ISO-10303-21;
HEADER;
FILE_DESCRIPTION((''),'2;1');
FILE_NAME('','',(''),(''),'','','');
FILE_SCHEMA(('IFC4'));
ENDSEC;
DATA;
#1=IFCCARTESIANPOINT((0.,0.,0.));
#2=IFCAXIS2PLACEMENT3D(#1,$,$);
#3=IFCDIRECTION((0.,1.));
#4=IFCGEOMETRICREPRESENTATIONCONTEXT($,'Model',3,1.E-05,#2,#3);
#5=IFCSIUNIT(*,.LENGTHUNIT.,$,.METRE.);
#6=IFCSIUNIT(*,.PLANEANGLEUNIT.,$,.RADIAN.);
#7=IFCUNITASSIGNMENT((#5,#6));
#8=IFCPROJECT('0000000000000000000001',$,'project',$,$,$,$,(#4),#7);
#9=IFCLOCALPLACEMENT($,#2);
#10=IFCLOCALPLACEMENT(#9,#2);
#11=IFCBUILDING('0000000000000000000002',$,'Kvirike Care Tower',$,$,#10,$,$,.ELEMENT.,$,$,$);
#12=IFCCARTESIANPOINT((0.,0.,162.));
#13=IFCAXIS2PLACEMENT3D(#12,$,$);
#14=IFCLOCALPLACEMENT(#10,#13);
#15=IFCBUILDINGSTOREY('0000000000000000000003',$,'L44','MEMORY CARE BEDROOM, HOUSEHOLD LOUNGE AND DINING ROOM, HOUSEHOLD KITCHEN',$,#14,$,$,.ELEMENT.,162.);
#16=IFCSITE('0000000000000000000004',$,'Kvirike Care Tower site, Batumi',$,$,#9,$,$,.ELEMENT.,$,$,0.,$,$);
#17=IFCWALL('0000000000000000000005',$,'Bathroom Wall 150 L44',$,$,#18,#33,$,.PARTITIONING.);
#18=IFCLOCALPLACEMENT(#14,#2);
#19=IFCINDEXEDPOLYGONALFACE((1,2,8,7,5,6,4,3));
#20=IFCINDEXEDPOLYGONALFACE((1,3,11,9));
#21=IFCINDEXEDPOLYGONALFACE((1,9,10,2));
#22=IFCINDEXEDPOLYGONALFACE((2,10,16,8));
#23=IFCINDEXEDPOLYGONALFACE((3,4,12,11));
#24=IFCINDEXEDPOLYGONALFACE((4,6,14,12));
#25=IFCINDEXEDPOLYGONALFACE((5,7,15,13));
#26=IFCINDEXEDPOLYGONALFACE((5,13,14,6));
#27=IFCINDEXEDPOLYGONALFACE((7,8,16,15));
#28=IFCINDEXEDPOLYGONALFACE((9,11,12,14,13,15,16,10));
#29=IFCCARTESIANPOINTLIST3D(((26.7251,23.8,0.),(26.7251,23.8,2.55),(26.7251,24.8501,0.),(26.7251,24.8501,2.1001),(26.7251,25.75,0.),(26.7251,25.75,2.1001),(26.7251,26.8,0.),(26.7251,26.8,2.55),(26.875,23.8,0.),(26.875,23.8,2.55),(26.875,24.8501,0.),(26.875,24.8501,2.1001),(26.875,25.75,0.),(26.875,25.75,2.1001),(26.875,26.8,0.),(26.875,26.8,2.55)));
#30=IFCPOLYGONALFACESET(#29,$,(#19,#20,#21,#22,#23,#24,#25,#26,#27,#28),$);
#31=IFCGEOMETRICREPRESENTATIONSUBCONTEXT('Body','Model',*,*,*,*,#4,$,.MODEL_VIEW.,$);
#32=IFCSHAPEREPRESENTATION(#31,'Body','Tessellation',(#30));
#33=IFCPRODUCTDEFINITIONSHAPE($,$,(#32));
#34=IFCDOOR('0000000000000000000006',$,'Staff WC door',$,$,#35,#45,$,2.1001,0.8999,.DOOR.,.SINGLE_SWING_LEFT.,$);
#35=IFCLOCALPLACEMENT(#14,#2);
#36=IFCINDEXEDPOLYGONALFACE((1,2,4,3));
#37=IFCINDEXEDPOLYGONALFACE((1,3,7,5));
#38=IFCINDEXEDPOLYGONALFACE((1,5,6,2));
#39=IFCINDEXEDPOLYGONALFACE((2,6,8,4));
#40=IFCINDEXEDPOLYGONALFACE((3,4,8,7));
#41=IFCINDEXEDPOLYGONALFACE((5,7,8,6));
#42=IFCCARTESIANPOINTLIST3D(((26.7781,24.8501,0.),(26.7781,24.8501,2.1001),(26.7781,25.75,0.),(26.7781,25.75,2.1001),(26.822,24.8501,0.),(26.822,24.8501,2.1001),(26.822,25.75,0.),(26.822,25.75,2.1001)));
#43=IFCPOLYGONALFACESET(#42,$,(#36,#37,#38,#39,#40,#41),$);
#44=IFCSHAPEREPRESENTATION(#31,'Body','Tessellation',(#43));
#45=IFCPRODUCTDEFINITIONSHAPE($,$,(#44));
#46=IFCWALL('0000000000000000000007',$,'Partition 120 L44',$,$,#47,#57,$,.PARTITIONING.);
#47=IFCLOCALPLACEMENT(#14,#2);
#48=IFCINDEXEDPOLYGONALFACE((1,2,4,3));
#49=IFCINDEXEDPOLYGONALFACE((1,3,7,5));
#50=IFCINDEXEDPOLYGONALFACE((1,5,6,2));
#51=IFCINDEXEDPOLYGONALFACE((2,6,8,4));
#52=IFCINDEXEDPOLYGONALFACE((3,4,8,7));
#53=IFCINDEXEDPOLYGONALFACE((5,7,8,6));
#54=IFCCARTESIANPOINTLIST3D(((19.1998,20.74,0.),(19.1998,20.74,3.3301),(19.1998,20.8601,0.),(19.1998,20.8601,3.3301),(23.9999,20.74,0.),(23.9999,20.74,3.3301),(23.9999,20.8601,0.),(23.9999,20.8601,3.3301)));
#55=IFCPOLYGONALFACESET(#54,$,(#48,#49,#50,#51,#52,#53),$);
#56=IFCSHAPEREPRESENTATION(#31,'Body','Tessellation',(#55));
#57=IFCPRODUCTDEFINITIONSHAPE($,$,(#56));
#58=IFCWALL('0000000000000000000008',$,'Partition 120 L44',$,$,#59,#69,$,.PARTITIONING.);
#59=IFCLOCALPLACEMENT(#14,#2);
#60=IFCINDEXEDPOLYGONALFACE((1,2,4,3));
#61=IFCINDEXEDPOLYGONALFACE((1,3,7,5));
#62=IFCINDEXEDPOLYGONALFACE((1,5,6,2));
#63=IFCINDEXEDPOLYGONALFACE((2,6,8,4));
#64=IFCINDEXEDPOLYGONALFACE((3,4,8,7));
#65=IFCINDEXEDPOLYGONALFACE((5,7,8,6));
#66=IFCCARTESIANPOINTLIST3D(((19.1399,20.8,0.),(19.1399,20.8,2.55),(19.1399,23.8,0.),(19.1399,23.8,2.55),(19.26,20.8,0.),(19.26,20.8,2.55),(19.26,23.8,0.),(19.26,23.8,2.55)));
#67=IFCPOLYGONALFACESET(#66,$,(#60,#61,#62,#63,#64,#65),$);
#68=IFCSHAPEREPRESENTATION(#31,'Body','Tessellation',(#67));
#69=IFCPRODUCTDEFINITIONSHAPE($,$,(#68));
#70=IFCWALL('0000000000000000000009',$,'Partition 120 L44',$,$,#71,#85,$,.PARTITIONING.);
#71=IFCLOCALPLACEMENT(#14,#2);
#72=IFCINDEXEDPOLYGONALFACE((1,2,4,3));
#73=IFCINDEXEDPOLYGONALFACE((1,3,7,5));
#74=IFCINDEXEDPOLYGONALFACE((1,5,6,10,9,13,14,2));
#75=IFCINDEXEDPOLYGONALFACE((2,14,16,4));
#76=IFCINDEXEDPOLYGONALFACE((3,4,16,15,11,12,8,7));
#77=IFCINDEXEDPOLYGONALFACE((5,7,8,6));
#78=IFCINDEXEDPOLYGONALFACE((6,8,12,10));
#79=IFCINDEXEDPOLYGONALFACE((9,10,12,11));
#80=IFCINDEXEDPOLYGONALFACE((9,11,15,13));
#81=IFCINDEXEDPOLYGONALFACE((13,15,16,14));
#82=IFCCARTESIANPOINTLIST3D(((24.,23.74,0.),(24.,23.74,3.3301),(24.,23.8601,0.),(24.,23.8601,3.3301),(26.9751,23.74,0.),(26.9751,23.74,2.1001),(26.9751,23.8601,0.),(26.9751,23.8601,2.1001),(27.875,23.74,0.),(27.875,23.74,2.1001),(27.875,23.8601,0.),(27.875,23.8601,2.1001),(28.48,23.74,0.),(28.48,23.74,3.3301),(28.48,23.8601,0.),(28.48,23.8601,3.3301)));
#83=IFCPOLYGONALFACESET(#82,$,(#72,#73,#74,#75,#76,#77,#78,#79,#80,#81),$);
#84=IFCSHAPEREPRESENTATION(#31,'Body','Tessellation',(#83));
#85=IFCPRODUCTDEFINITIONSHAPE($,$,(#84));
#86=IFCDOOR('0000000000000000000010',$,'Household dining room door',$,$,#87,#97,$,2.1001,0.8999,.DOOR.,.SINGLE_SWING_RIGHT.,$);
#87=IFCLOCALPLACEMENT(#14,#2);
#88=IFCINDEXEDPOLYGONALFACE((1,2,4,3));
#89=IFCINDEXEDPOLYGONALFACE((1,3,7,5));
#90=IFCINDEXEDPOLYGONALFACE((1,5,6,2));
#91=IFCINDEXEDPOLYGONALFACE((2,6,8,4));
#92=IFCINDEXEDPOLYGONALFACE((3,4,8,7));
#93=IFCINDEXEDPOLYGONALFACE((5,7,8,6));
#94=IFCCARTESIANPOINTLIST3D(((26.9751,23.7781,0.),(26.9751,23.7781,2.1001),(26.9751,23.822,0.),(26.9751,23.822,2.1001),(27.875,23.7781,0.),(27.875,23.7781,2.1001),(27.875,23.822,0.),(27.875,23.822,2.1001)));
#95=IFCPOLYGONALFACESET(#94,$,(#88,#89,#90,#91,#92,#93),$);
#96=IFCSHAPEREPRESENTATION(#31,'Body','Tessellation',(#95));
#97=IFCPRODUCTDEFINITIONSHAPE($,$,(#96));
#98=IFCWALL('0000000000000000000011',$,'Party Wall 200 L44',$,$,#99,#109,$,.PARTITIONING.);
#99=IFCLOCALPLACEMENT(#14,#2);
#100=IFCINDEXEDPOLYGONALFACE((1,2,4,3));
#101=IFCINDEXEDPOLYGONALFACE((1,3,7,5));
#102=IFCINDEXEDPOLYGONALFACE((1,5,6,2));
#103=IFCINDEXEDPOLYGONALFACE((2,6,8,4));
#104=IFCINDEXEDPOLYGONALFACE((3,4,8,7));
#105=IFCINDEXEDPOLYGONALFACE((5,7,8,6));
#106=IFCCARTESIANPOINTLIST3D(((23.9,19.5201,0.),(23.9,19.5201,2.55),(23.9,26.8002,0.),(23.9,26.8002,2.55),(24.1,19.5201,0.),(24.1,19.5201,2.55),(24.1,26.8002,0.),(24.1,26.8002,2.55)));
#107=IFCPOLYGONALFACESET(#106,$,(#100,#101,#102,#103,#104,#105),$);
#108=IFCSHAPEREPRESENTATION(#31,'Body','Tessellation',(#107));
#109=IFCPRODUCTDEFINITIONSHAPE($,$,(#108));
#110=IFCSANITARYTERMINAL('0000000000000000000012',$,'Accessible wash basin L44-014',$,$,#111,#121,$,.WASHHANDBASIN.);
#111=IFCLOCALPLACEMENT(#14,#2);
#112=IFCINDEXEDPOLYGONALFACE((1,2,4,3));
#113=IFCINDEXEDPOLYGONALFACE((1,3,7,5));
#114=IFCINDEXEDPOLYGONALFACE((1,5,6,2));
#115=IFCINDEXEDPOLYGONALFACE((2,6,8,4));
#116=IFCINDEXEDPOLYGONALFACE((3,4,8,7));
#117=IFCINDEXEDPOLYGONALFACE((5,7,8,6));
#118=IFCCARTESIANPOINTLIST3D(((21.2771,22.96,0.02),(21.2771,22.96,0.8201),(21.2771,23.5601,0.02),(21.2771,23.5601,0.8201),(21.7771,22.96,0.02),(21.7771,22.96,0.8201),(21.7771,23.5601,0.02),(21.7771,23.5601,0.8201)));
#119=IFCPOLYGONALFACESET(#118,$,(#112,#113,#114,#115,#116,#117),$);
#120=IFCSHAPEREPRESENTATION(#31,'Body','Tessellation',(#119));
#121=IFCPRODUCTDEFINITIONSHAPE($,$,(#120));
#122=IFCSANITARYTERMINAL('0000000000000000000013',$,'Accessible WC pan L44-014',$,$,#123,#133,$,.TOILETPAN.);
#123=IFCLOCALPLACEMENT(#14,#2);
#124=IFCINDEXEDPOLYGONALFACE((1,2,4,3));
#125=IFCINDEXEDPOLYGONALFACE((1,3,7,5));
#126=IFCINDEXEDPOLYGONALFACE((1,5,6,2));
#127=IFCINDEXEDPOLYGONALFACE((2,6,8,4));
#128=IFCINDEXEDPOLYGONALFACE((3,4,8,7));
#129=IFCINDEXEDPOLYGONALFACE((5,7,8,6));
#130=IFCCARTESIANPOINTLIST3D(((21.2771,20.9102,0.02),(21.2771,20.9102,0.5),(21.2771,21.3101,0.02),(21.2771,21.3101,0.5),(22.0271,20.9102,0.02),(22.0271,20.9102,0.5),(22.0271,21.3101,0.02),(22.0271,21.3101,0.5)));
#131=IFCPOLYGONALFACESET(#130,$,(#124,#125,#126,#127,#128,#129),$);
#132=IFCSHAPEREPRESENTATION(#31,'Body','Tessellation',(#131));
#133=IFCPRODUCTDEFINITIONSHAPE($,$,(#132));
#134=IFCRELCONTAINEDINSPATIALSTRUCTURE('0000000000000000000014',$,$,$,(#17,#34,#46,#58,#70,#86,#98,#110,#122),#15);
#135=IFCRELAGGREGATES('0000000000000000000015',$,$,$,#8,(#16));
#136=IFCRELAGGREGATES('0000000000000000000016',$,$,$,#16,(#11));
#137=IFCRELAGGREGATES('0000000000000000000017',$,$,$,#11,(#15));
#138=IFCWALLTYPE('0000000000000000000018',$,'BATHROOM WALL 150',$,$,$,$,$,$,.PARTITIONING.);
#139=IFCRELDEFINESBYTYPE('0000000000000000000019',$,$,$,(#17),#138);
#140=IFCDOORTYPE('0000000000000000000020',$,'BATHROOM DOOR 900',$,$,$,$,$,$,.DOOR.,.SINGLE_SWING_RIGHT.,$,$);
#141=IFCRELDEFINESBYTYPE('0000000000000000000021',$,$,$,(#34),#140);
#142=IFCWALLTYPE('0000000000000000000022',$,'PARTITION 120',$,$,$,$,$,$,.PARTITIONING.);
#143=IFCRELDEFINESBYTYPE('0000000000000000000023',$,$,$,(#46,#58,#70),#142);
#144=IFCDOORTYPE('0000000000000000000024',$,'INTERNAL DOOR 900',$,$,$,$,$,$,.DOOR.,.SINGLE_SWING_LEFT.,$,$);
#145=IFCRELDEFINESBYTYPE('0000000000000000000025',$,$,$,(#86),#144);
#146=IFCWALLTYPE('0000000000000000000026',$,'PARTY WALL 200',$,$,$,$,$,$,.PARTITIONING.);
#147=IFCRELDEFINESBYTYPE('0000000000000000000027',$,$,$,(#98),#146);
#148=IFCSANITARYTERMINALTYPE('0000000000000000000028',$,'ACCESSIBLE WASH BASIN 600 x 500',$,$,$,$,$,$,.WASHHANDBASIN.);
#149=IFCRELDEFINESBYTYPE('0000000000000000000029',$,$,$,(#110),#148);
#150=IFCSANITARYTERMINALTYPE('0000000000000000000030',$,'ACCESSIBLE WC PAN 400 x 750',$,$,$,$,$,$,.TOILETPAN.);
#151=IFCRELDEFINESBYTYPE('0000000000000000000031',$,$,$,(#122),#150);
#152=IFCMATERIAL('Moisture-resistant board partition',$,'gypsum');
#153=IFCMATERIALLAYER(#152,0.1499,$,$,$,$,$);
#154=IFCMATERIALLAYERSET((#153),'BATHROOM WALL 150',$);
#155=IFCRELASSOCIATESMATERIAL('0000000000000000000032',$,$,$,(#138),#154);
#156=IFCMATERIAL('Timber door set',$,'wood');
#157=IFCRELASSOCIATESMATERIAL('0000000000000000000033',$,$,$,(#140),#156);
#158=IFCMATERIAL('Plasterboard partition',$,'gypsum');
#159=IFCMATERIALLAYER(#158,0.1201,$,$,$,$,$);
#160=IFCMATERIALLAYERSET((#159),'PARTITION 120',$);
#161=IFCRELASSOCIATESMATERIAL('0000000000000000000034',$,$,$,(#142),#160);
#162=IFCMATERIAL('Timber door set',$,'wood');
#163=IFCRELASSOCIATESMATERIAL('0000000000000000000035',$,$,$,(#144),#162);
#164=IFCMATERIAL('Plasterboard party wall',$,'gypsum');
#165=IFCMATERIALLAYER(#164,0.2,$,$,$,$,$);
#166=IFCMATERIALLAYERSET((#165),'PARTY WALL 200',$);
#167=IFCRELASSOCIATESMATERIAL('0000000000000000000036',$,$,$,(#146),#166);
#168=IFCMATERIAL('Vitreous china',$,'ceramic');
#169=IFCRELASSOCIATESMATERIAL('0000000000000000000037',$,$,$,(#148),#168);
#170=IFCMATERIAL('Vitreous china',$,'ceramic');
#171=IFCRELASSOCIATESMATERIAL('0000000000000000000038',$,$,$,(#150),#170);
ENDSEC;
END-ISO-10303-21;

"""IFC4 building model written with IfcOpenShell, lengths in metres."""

from ifc_helpers import new_model, si_unit, direction, frame, frame_2d, origin, origin_2d, place, context, subcontext, project, spatial, rectangle, extrude, material, layer, layer_set, type_object, element, fill, save


model = new_model("IFC4")

# Units and contexts
model_context = context("Model", 3, precision=1e-05, world=origin(), true_north=direction((0.0, 1.0)))
body_context = subcontext(model_context, "Body", "Model", "MODEL_VIEW")
ifc_project = project(units=[si_unit("LENGTHUNIT", "METRE"), si_unit("PLANEANGLEUNIT", "RADIAN")], contexts=[model_context])

# Site, building, storey
site_placement = place(None, origin())
site = spatial("IfcSite", under=ifc_project, at=site_placement, Name="Kvirike Care Tower site, Batumi", CompositionType="ELEMENT", RefElevation=0.0)
building_placement = place(site_placement, origin())
building = spatial("IfcBuilding", under=site, at=building_placement, Name="Kvirike Care Tower", CompositionType="ELEMENT")
storey_placement = place(building_placement, frame((0.0, 0.0, 162.0)))
storey = spatial("IfcBuildingStorey", under=building, at=storey_placement, Name="L44", Description="MEMORY CARE BEDROOM, HOUSEHOLD LOUNGE AND DINING ROOM, HOUSEHOLD KITCHEN", CompositionType="ELEMENT", Elevation=162.0)

# Shared definitions
ifc_material_1 = material(Name="Moisture-resistant board partition", Category="gypsum")
ifc_layer_1 = layer(ifc_material_1, 0.1499)
ifc_layer_set_1 = layer_set([ifc_layer_1], Name="BATHROOM WALL 150")
wall_type_1 = type_object("IfcWallType", Name="BATHROOM WALL 150", PredefinedType="PARTITIONING", material=ifc_layer_set_1)
ifc_material_2 = material(Name="Timber door set", Category="wood")
door_type_1 = type_object("IfcDoorType", Name="BATHROOM DOOR 900", OperationType="SINGLE_SWING_RIGHT", PredefinedType="DOOR", material=ifc_material_2)

# Wall, opening, door
wall_1_placement = place(storey_placement, frame((26.8, 23.8, 0.0), z_axis=(0.0, 0.0, 1.0), x_axis=(0.0, 1.0, 0.0)))
wall_1 = element("IfcWall", 1, at=wall_1_placement, inside=storey, type_object=wall_type_1, Name="Bathroom Wall 150 L44", PredefinedType="PARTITIONING", context=body_context, shape_type="SweptSolid", body=[
    extrude(rectangle(XDim=3.0, YDim=0.1499, at=frame_2d((1.5, 0.0))), origin(), (0.0, 0.0, 1.0), 2.55),
])
opening_1_placement = place(wall_1_placement, frame((1.05, 0.0, 0.0)))
opening_1 = element("IfcOpeningElement", 2, at=opening_1_placement, cuts=wall_1, PredefinedType="OPENING", context=body_context, shape_type="SweptSolid", body=[
    extrude(rectangle(XDim=0.8999, YDim=2.1001, at=frame_2d((0.45, 1.05))), frame((0.0, 0.0854, 0.0), z_axis=(0.0, -1.0, 0.0), x_axis=(1.0, 0.0, 0.0)), (0.0, 0.0, 1.0), 0.1709),
])
door_1_placement = place(opening_1_placement, frame((0.8999, 0.0, 0.0), z_axis=(0.0, 0.0, 1.0), x_axis=(-1.0, 0.0, 0.0)))
door_1 = element("IfcDoor", 3, at=door_1_placement, inside=storey, type_object=door_type_1, Name="Staff WC door", OperationType="SINGLE_SWING_LEFT", OverallHeight=2.1001, OverallWidth=0.8999, PredefinedType="DOOR", context=body_context, shape_type="SweptSolid", body=[
    extrude(rectangle(XDim=0.8999, YDim=2.1001, at=frame_2d((0.45, 1.05))), frame((0.0, 0.022, 0.0), z_axis=(0.0, -1.0, 0.0), x_axis=(1.0, 0.0, 0.0)), (0.0, 0.0, 1.0), 0.0439),
])
fill(opening_1, door_1)

# Walls
ifc_material_3 = material(Name="Plasterboard partition", Category="gypsum")
ifc_layer_2 = layer(ifc_material_3, 0.1201)
ifc_layer_set_2 = layer_set([ifc_layer_2], Name="PARTITION 120")
wall_type_2 = type_object("IfcWallType", Name="PARTITION 120", PredefinedType="PARTITIONING", material=ifc_layer_set_2)
wall_2_placement = place(storey_placement, frame((19.2, 20.8, 0.0), z_axis=(0.0, 0.0, 1.0), x_axis=(1.0, 0.0, 0.0)))
element("IfcWall", 4, at=wall_2_placement, inside=storey, type_object=wall_type_2, Name="Partition 120 L44", PredefinedType="PARTITIONING", context=body_context, shape_type="SweptSolid", body=[
    extrude(rectangle(XDim=4.8, YDim=0.1201, at=frame_2d((2.3999, 0.0))), origin(), (0.0, 0.0, 1.0), 3.3301),
])
wall_3_placement = place(storey_placement, frame((19.2, 20.8, 0.0), z_axis=(0.0, 0.0, 1.0), x_axis=(0.0, 1.0, 0.0)))
element("IfcWall", 5, at=wall_3_placement, inside=storey, type_object=wall_type_2, Name="Partition 120 L44", PredefinedType="PARTITIONING", context=body_context, shape_type="SweptSolid", body=[
    extrude(rectangle(XDim=3.0, YDim=0.1201, at=frame_2d((1.5, 0.0))), origin(), (0.0, 0.0, 1.0), 2.55),
])

# Wall, opening, door
wall_4_placement = place(storey_placement, frame((24.0, 23.8, 0.0), z_axis=(0.0, 0.0, 1.0), x_axis=(1.0, 0.0, 0.0)))
wall_4 = element("IfcWall", 6, at=wall_4_placement, inside=storey, type_object=wall_type_2, Name="Partition 120 L44", PredefinedType="PARTITIONING", context=body_context, shape_type="SweptSolid", body=[
    extrude(rectangle(XDim=4.48, YDim=0.1201, at=frame_2d((2.24, 0.0))), origin(), (0.0, 0.0, 1.0), 3.3301),
])
opening_2_placement = place(wall_4_placement, frame((2.9751, 0.0, 0.0)))
opening_2 = element("IfcOpeningElement", 7, at=opening_2_placement, cuts=wall_4, PredefinedType="OPENING", context=body_context, shape_type="SweptSolid", body=[
    extrude(rectangle(XDim=0.8999, YDim=2.1001, at=frame_2d((0.45, 1.05))), frame((0.0, 0.0706, 0.0), z_axis=(0.0, -1.0, 0.0), x_axis=(1.0, 0.0, 0.0)), (0.0, 0.0, 1.0), 0.1411),
])
ifc_material_4 = material(Name="Timber door set", Category="wood")
door_type_2 = type_object("IfcDoorType", Name="INTERNAL DOOR 900", OperationType="SINGLE_SWING_LEFT", PredefinedType="DOOR", material=ifc_material_4)
door_2_placement = place(opening_2_placement, origin())
door_2 = element("IfcDoor", 8, at=door_2_placement, inside=storey, type_object=door_type_2, Name="Household dining room door", OperationType="SINGLE_SWING_RIGHT", OverallHeight=2.1001, OverallWidth=0.8999, PredefinedType="DOOR", context=body_context, shape_type="SweptSolid", body=[
    extrude(rectangle(XDim=0.8999, YDim=2.1001, at=frame_2d((0.45, 1.05))), frame((0.0, 0.022, 0.0), z_axis=(0.0, -1.0, 0.0), x_axis=(1.0, 0.0, 0.0)), (0.0, 0.0, 1.0), 0.0439),
])
fill(opening_2, door_2)

# Wall
ifc_material_5 = material(Name="Plasterboard party wall", Category="gypsum")
ifc_layer_3 = layer(ifc_material_5, 0.2)
ifc_layer_set_3 = layer_set([ifc_layer_3], Name="PARTY WALL 200")
wall_type_3 = type_object("IfcWallType", Name="PARTY WALL 200", PredefinedType="PARTITIONING", material=ifc_layer_set_3)
wall_5_placement = place(storey_placement, frame((24.0, 19.52, 0.0), z_axis=(0.0, 0.0, 1.0), x_axis=(0.0, 1.0, 0.0)))
element("IfcWall", 9, at=wall_5_placement, inside=storey, type_object=wall_type_3, Name="Party Wall 200 L44", PredefinedType="PARTITIONING", context=body_context, shape_type="SweptSolid", body=[
    extrude(rectangle(XDim=7.28, YDim=0.2, at=frame_2d((3.6401, 0.0))), origin(), (0.0, 0.0, 1.0), 2.55),
])

# Sanitary terminals
ifc_material_6 = material(Name="Vitreous china", Category="ceramic")
sanitary_terminal_type_1 = type_object("IfcSanitaryTerminalType", Name="ACCESSIBLE WASH BASIN 600 x 500", PredefinedType="WASHHANDBASIN", material=ifc_material_6)
sanitary_terminal_1_placement = place(storey_placement, frame((21.5271, 23.26, 0.02), z_axis=(0.0, 0.0, 1.0), x_axis=(0.0, 1.0, 0.0)))
element("IfcSanitaryTerminal", 10, at=sanitary_terminal_1_placement, inside=storey, type_object=sanitary_terminal_type_1, Name="Accessible wash basin L44-014", PredefinedType="WASHHANDBASIN", context=body_context, shape_type="SweptSolid", body=[
    extrude(rectangle(XDim=0.6001, YDim=0.5, at=origin_2d()), origin(), (0.0, 0.0, 1.0), 0.8),
])
ifc_material_7 = material(Name="Vitreous china", Category="ceramic")
sanitary_terminal_type_2 = type_object("IfcSanitaryTerminalType", Name="ACCESSIBLE WC PAN 400 x 750", PredefinedType="TOILETPAN", material=ifc_material_7)
sanitary_terminal_2_placement = place(storey_placement, frame((21.6521, 21.1101, 0.02), z_axis=(0.0, 0.0, 1.0), x_axis=(0.0, 1.0, 0.0)))
element("IfcSanitaryTerminal", 11, at=sanitary_terminal_2_placement, inside=storey, type_object=sanitary_terminal_type_2, Name="Accessible WC pan L44-014", PredefinedType="TOILETPAN", context=body_context, shape_type="SweptSolid", body=[
    extrude(rectangle(XDim=0.3999, YDim=0.75, at=origin_2d()), origin(), (0.0, 0.0, 1.0), 0.48),
])

save(model, "model.ifc")
